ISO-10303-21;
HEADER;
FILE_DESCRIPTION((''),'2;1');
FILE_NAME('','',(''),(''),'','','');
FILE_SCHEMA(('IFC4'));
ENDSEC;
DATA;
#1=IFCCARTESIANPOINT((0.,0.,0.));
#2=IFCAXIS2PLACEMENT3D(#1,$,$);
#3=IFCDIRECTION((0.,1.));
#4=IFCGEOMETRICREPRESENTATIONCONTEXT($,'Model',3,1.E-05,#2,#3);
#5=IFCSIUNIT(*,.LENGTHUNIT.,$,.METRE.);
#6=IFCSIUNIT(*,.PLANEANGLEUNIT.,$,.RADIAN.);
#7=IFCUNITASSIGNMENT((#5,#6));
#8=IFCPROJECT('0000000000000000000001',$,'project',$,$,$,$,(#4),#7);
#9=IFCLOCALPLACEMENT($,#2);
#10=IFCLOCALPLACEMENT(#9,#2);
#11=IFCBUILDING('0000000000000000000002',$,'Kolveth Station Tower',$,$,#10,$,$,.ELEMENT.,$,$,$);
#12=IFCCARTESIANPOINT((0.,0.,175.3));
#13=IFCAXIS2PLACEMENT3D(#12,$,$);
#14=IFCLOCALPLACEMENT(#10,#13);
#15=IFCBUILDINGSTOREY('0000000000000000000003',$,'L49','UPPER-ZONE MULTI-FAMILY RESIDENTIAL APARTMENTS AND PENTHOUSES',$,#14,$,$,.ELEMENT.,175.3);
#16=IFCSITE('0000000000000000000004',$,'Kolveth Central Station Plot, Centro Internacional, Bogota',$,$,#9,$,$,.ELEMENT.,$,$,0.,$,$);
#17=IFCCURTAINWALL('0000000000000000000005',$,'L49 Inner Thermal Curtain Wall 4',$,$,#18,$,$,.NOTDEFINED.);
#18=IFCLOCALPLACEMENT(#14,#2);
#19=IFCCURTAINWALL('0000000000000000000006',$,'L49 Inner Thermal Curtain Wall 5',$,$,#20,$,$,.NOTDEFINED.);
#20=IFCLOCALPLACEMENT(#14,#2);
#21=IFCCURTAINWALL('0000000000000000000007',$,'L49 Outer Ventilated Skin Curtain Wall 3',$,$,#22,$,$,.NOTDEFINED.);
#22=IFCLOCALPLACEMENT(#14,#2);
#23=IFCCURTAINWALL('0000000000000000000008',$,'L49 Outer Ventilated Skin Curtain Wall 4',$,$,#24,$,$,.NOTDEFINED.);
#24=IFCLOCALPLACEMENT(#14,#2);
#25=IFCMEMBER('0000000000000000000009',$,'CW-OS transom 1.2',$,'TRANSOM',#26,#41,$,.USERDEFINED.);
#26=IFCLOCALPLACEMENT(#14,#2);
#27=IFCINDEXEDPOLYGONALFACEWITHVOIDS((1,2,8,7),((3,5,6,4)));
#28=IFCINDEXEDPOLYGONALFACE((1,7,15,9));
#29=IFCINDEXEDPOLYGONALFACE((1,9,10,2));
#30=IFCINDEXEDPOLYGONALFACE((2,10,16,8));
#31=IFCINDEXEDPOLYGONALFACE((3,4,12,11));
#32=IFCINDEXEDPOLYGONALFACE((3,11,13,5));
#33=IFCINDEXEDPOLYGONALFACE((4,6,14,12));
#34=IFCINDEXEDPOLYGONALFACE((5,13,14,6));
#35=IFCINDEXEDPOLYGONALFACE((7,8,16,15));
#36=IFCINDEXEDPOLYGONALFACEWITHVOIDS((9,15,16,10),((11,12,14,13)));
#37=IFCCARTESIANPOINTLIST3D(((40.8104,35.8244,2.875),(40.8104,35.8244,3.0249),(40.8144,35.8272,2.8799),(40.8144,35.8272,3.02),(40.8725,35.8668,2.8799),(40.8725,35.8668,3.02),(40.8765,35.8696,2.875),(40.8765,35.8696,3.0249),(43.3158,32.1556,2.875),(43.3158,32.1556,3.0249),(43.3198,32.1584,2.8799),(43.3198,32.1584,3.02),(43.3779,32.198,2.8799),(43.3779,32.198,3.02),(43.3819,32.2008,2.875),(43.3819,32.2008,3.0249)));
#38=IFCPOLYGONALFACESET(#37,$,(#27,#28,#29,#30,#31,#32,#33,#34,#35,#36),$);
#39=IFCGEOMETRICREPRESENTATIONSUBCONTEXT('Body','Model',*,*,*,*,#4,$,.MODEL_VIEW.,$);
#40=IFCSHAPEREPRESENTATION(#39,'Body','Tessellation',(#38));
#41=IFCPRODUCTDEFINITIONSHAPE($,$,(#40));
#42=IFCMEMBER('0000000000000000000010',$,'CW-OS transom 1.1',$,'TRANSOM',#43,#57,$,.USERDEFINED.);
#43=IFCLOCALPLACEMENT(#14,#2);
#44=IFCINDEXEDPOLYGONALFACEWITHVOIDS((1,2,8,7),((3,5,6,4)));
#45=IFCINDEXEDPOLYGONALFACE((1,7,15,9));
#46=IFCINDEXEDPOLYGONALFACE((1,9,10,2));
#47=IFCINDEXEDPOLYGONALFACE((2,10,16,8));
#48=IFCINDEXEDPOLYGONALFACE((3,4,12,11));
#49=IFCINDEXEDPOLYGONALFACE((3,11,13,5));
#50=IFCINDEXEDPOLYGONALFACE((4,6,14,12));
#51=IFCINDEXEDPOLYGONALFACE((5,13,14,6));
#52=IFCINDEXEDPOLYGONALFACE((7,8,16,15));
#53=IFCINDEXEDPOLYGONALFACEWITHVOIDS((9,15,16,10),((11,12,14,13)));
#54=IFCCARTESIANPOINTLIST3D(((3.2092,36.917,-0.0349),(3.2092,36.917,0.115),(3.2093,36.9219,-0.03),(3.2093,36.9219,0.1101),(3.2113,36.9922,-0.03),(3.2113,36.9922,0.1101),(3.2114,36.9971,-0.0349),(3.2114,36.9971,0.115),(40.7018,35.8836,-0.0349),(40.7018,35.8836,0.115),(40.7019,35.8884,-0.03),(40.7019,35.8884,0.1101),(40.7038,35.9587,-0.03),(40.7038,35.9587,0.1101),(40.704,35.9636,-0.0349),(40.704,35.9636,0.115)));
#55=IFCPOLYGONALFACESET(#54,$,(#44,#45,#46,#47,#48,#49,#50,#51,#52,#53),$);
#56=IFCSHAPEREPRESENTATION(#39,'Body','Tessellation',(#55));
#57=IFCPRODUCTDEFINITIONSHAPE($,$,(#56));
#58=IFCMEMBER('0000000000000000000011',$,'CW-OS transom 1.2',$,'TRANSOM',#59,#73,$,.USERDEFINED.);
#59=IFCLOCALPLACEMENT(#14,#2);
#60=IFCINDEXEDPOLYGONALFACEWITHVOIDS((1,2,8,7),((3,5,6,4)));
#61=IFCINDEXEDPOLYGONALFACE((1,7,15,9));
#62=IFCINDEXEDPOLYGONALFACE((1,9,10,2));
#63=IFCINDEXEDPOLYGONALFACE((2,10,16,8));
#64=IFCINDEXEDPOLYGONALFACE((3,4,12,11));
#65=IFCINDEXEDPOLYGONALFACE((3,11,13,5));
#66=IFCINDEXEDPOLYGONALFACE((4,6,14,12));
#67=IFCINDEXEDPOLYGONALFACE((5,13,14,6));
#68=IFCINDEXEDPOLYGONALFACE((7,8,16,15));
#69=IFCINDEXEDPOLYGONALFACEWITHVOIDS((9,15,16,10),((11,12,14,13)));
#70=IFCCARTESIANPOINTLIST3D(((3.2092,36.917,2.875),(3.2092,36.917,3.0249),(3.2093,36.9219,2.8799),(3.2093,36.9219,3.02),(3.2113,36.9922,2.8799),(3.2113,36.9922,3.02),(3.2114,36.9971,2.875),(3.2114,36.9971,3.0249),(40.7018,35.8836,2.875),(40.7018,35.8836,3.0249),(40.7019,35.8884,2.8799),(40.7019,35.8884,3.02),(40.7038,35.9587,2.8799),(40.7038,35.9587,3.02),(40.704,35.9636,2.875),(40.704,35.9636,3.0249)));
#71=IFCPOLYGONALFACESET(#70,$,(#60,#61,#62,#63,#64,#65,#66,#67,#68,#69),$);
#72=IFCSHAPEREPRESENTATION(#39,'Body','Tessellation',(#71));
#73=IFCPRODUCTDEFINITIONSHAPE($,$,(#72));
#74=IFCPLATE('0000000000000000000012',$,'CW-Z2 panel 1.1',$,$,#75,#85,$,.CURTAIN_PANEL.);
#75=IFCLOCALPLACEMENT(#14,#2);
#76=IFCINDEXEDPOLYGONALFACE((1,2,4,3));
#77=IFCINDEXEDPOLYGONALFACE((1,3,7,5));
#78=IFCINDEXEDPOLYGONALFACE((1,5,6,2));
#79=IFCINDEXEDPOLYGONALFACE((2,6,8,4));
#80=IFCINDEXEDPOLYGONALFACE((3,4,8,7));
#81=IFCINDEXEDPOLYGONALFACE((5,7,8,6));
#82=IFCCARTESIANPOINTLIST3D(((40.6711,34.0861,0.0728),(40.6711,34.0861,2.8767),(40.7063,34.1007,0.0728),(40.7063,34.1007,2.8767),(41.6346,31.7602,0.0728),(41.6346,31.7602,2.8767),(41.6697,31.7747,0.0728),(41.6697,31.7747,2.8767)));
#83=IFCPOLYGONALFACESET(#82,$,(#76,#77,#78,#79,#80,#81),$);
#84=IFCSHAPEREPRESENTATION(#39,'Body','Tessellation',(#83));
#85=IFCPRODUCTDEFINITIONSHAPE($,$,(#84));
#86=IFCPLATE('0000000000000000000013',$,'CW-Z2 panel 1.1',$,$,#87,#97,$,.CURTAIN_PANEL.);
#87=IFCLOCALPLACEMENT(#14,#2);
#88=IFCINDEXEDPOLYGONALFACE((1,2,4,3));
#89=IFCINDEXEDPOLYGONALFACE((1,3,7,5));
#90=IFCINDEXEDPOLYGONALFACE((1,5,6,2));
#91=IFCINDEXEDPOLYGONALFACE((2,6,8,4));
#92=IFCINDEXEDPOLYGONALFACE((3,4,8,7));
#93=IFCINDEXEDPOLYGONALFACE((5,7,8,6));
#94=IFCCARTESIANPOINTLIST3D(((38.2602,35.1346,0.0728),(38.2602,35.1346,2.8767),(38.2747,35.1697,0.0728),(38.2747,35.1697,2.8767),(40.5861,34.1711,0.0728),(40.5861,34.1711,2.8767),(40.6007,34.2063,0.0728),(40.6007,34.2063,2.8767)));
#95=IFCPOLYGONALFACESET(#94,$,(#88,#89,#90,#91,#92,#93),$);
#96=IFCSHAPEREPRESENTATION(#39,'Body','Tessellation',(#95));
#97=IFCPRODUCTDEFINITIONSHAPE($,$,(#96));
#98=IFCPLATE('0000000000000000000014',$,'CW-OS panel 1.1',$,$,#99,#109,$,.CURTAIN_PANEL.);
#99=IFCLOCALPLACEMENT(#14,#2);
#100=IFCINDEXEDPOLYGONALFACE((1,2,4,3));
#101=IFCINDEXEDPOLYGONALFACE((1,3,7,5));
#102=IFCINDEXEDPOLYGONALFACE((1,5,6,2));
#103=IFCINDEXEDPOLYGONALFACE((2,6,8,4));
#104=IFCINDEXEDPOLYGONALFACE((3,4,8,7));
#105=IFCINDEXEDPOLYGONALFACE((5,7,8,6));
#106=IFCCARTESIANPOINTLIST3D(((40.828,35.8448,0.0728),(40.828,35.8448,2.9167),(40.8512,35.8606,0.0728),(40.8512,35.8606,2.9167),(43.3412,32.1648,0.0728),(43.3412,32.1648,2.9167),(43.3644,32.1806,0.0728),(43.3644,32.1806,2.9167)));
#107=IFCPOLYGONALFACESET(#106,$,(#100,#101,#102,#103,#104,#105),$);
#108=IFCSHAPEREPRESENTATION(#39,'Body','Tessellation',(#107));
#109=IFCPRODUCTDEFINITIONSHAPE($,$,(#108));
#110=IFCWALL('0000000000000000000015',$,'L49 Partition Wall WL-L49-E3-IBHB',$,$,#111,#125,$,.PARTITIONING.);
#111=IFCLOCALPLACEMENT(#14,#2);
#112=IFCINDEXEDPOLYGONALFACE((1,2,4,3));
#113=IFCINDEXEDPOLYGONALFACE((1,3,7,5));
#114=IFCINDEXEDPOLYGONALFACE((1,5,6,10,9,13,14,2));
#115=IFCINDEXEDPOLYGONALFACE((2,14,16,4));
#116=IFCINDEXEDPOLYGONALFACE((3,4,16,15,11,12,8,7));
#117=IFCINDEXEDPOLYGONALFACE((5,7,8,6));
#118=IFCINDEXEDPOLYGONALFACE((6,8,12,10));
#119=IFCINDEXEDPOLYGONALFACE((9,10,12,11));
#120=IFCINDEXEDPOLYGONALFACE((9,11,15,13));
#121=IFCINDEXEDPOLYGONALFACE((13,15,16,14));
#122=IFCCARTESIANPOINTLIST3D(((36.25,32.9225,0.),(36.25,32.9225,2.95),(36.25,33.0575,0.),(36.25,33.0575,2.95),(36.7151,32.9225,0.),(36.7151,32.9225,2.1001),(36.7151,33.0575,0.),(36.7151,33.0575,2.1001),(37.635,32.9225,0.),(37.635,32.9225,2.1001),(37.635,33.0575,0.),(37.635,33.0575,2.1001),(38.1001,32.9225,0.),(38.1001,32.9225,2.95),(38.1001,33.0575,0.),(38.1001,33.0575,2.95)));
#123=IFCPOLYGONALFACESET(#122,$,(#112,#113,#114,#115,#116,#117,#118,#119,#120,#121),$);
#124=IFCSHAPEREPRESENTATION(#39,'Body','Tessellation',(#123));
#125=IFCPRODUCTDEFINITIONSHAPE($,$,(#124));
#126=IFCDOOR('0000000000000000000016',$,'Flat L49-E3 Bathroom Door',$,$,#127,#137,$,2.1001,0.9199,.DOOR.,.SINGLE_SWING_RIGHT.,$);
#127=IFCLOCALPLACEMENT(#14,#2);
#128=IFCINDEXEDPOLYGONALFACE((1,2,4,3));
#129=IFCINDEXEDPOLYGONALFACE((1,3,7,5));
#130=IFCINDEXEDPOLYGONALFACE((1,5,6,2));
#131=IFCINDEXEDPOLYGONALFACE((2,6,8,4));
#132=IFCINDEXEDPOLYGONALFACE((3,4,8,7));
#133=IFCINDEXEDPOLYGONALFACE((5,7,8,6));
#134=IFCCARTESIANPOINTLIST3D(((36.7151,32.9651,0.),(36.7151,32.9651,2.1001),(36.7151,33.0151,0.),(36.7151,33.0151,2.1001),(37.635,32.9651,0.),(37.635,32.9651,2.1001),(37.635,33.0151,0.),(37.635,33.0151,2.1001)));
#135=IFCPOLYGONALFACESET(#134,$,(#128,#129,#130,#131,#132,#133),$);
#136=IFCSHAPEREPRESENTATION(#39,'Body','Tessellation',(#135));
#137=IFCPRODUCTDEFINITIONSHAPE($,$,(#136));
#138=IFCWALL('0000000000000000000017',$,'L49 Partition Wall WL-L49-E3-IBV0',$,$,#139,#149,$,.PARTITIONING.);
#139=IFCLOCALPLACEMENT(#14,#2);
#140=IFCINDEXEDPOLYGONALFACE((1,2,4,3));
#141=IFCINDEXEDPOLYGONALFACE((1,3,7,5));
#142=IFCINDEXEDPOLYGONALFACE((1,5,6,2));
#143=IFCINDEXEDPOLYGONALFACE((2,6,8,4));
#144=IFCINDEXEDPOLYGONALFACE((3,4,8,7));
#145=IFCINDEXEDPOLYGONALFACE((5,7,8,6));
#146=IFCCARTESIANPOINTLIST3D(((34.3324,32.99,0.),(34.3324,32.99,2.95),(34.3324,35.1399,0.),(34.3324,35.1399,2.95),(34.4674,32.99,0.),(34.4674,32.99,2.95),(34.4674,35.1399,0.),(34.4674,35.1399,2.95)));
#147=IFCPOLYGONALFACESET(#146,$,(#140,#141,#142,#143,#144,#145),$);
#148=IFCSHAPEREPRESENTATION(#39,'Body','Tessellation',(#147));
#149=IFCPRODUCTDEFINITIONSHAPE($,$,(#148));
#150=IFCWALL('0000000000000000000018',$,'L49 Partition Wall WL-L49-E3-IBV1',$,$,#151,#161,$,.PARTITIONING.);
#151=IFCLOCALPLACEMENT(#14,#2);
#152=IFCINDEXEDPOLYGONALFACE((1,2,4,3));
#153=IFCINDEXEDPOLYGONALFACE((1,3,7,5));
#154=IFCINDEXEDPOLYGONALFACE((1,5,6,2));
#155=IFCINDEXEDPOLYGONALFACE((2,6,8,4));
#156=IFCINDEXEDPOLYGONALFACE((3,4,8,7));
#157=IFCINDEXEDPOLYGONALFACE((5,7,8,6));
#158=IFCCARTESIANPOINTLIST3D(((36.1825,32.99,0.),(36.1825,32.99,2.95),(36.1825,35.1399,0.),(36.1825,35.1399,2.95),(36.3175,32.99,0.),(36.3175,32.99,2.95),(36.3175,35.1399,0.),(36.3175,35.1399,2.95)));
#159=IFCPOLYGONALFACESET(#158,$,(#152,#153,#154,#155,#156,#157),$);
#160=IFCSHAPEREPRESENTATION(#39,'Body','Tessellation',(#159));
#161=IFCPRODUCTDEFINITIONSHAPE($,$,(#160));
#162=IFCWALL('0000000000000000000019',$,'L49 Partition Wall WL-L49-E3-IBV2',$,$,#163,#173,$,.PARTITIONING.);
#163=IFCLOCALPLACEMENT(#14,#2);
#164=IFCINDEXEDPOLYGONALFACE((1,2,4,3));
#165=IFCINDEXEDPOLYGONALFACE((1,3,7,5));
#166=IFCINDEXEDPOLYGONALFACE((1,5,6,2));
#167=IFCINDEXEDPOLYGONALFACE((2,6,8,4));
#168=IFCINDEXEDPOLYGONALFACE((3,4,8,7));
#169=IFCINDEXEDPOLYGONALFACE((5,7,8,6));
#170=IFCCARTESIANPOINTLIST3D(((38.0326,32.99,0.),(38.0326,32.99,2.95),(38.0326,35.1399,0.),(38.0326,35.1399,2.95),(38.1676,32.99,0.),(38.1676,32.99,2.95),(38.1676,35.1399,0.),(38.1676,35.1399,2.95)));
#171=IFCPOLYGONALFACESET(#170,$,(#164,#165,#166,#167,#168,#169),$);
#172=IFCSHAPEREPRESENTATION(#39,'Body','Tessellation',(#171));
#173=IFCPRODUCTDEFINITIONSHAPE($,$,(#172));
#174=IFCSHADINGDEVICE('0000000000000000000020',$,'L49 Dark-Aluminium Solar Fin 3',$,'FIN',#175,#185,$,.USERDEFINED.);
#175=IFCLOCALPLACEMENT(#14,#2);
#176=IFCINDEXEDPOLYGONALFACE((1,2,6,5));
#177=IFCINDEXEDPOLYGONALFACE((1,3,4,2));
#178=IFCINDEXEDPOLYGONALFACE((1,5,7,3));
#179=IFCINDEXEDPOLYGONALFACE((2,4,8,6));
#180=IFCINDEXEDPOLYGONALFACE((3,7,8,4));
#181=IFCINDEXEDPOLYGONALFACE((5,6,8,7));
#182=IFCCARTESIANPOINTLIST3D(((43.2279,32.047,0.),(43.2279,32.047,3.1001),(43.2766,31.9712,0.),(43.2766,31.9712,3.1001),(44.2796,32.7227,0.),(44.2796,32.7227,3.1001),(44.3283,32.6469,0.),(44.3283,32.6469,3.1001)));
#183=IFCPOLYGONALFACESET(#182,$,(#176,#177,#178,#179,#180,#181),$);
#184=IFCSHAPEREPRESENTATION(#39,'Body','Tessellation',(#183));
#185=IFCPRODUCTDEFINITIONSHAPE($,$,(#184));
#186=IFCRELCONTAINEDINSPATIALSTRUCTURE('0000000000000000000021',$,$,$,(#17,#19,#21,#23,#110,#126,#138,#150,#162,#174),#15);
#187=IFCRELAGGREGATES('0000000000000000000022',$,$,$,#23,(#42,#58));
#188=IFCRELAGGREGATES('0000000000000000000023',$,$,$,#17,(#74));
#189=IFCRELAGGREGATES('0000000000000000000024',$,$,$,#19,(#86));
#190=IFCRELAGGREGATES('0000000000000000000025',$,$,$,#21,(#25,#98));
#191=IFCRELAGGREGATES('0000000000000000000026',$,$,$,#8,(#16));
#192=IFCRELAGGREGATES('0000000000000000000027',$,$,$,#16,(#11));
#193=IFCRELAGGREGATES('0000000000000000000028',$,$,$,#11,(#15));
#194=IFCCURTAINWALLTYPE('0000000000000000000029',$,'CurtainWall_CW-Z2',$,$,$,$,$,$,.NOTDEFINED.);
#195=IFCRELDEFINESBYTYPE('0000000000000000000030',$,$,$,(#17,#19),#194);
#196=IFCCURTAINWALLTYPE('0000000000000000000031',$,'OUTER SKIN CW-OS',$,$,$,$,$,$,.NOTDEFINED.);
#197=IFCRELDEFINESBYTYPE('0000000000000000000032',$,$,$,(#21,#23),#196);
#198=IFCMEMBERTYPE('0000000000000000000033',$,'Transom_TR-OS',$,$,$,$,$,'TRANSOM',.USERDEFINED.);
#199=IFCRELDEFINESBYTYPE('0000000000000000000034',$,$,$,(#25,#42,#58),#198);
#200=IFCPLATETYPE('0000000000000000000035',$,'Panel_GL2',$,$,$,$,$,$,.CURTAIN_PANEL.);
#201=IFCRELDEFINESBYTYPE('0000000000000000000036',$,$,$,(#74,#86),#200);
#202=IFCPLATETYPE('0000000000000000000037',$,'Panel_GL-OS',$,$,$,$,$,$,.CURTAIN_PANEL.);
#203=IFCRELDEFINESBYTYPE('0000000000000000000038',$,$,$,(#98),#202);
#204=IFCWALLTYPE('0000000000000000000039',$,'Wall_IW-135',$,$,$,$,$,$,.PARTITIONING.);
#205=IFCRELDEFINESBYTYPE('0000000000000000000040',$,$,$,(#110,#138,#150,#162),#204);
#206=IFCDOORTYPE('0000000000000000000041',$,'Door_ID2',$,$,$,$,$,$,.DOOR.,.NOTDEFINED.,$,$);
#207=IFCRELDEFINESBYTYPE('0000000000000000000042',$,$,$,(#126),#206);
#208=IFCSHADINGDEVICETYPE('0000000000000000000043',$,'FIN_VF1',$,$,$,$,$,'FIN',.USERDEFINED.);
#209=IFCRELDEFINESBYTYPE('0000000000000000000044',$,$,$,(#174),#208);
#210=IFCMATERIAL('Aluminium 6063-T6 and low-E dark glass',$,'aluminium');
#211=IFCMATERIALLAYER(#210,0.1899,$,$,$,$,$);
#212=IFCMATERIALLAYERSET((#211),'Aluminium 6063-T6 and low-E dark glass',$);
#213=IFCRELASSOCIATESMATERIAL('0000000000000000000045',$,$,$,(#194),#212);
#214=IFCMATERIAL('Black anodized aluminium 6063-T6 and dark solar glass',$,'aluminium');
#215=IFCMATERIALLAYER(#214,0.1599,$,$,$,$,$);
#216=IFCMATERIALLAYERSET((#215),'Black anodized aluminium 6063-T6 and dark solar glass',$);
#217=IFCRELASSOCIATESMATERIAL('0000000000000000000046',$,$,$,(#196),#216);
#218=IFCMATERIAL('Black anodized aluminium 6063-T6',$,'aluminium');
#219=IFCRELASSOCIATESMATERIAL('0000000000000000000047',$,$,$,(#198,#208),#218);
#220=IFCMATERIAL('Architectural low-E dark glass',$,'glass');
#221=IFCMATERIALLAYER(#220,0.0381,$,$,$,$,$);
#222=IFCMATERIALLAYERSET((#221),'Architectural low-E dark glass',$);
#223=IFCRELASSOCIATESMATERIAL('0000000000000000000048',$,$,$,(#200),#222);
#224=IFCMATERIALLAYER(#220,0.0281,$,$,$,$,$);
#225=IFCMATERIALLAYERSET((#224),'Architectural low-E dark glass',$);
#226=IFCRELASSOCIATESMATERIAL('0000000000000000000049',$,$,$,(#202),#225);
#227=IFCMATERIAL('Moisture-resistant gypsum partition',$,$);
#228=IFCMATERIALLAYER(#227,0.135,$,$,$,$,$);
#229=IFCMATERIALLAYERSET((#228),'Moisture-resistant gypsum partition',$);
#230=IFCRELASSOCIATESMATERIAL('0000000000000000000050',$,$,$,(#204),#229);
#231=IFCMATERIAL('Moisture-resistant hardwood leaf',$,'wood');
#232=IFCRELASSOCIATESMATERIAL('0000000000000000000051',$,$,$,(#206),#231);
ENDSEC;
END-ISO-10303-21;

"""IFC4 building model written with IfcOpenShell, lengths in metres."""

from ifc_helpers import new_model, si_unit, direction, frame, frame_2d, origin, origin_2d, place, context, subcontext, project, spatial, rectangle, hollow_rectangle, extrude, source, transform, mapped, material, layer, layer_set, material_profile, profile_set, type_object, element, fill, aggregate, save


model = new_model("IFC4")

# Units and contexts
model_context = context("Model", 3, precision=1e-05, world=origin(), true_north=direction((0.0, 1.0)))
body_context = subcontext(model_context, "Body", "Model", "MODEL_VIEW")
ifc_project = project(units=[si_unit("LENGTHUNIT", "METRE"), si_unit("PLANEANGLEUNIT", "RADIAN")], contexts=[model_context])

# Site, building, storey
site_placement = place(None, origin())
site = spatial("IfcSite", under=ifc_project, at=site_placement, Name="Kolveth Central Station Plot, Centro Internacional, Bogota", CompositionType="ELEMENT", RefElevation=0.0)
building_placement = place(site_placement, origin())
building = spatial("IfcBuilding", under=site, at=building_placement, Name="Kolveth Station Tower", CompositionType="ELEMENT")
storey_placement = place(building_placement, frame((0.0, 0.0, 175.3)))
storey = spatial("IfcBuildingStorey", under=building, at=storey_placement, Name="L49", Description="UPPER-ZONE MULTI-FAMILY RESIDENTIAL APARTMENTS AND PENTHOUSES", CompositionType="ELEMENT", Elevation=175.3)

# Curtain wall
ifc_material_1 = material(Name="Aluminium 6063-T6 and low-E dark glass", Category="aluminium")
ifc_layer_1 = layer(ifc_material_1, 0.1899)
ifc_layer_set_1 = layer_set([ifc_layer_1], Name="Aluminium 6063-T6 and low-E dark glass")
curtain_wall_type_1 = type_object("IfcCurtainWallType", Name="CurtainWall_CW-Z2", PredefinedType="NOTDEFINED", material=ifc_layer_set_1)
curtain_wall_1_placement = place(storey_placement, origin())
curtain_wall_1 = element("IfcCurtainWall", 1, at=curtain_wall_1_placement, inside=storey, type_object=curtain_wall_type_1, Name="L49 Inner Thermal Curtain Wall 4", PredefinedType="NOTDEFINED")
ifc_material_2 = material(Name="Black anodized aluminium 6063-T6", Category="aluminium")

# Curtain wall
curtain_wall_2_placement = place(storey_placement, origin())
curtain_wall_2 = element("IfcCurtainWall", 2, at=curtain_wall_2_placement, inside=storey, type_object=curtain_wall_type_1, Name="L49 Inner Thermal Curtain Wall 5", PredefinedType="NOTDEFINED")

# Curtain walls
ifc_material_3 = material(Name="Black anodized aluminium 6063-T6 and dark solar glass", Category="aluminium")
ifc_layer_2 = layer(ifc_material_3, 0.1599)
ifc_layer_set_2 = layer_set([ifc_layer_2], Name="Black anodized aluminium 6063-T6 and dark solar glass")
curtain_wall_type_2 = type_object("IfcCurtainWallType", Name="OUTER SKIN CW-OS", PredefinedType="NOTDEFINED", material=ifc_layer_set_2)
curtain_wall_3_placement = place(storey_placement, origin())
curtain_wall_3 = element("IfcCurtainWall", 3, at=curtain_wall_3_placement, inside=storey, type_object=curtain_wall_type_2, Name="L49 Outer Ventilated Skin Curtain Wall 3", PredefinedType="NOTDEFINED")
curtain_wall_4_placement = place(storey_placement, origin())
curtain_wall_4 = element("IfcCurtainWall", 4, at=curtain_wall_4_placement, inside=storey, type_object=curtain_wall_type_2, Name="L49 Outer Ventilated Skin Curtain Wall 4", PredefinedType="NOTDEFINED")

# Members
ifc_material_profile_1 = material_profile(ifc_material_2, hollow_rectangle(XDim=0.0801, YDim=0.1499, WallThickness=0.0049, at=origin_2d()), Name="ALU-80x150x5")
ifc_profile_set_1 = profile_set([ifc_material_profile_1], Name="Black anodized aluminium 6063-T6")
member_type_1 = type_object("IfcMemberType", Name="Transom_TR-OS", ElementType="TRANSOM", PredefinedType="USERDEFINED", material=ifc_profile_set_1)
shared_shape_1 = source(origin(), body_context, "Body", "SweptSolid", [
    extrude(hollow_rectangle(XDim=0.0801, YDim=0.1499, WallThickness=0.0049, at=origin_2d()), origin(), (0.0, 0.0, 1.0), 4.4426),
])
member_1_placement = place(storey_placement, frame((43.3489, 32.1782, 2.95), z_axis=(-0.563949, 0.82581, 0.0), x_axis=(-0.82581, -0.563949, 0.0)))
member_1 = element("IfcMember", 5, at=member_1_placement, type_object=member_type_1, Name="CW-OS transom 1.2", ObjectType="TRANSOM", PredefinedType="USERDEFINED", context=body_context, shape_type="MappedRepresentation", body=[
    mapped(shared_shape_1, transform((0.0, 0.0, 0.0), x_axis=(1.0, 0.0, 0.0), y_axis=(0.0, 1.0, 0.0), z_axis=(0.0, 0.0, 1.0), scale=1.0)),
])
shared_shape_2 = source(origin(), body_context, "Body", "SweptSolid", [
    extrude(hollow_rectangle(XDim=0.0801, YDim=0.1499, WallThickness=0.0049, at=origin_2d()), origin(), (0.0, 0.0, 1.0), 37.5068),
])
member_2_placement = place(storey_placement, frame((40.7029, 35.9236, 0.04), z_axis=(-0.99962, 0.027554, 0.0), x_axis=(-0.027554, -0.99962, 0.0)))
member_2 = element("IfcMember", 6, at=member_2_placement, type_object=member_type_1, Name="CW-OS transom 1.1", ObjectType="TRANSOM", PredefinedType="USERDEFINED", context=body_context, shape_type="MappedRepresentation", body=[
    mapped(shared_shape_2, transform((0.0, 0.0, 0.0), x_axis=(1.0, 0.0, 0.0), y_axis=(0.0, 1.0, 0.0), z_axis=(0.0, 0.0, 1.0), scale=1.0)),
])
member_3_placement = place(storey_placement, frame((40.7029, 35.9236, 2.95), z_axis=(-0.99962, 0.027554, 0.0), x_axis=(-0.027554, -0.99962, 0.0)))
member_3 = element("IfcMember", 7, at=member_3_placement, type_object=member_type_1, Name="CW-OS transom 1.2", ObjectType="TRANSOM", PredefinedType="USERDEFINED", context=body_context, shape_type="MappedRepresentation", body=[
    mapped(shared_shape_2, transform((0.0, 0.0, 0.0), x_axis=(1.0, 0.0, 0.0), y_axis=(0.0, 1.0, 0.0), z_axis=(0.0, 0.0, 1.0), scale=1.0)),
])
aggregate(curtain_wall_4, [member_2, member_3])

# Plates
ifc_material_4 = material(Name="Architectural low-E dark glass", Category="glass")
ifc_layer_3 = layer(ifc_material_4, 0.0381)
ifc_layer_set_3 = layer_set([ifc_layer_3], Name="Architectural low-E dark glass")
plate_type_1 = type_object("IfcPlateType", Name="Panel_GL2", PredefinedType="CURTAIN_PANEL", material=ifc_layer_set_3)
shared_shape_3 = source(origin(), body_context, "Body", "SweptSolid", [
    extrude(rectangle(XDim=2.5176, YDim=0.0381, at=origin_2d()), origin(), (0.0, 0.0, 1.0), 2.804),
])
plate_1_placement = place(storey_placement, frame((41.1704, 32.9304, 0.0728), z_axis=(0.0, 0.0, 1.0), x_axis=(-0.382698, 0.923874, 0.0)))
plate_1 = element("IfcPlate", 8, at=plate_1_placement, type_object=plate_type_1, Name="CW-Z2 panel 1.1", PredefinedType="CURTAIN_PANEL", context=body_context, shape_type="MappedRepresentation", body=[
    mapped(shared_shape_3, transform((0.0, 0.0, 0.0), x_axis=(1.0, 0.0, 0.0), y_axis=(0.0, 1.0, 0.0), z_axis=(0.0, 0.0, 1.0), scale=1.0)),
])
aggregate(curtain_wall_1, [plate_1])
plate_2_placement = place(storey_placement, frame((39.4304, 34.6704, 0.0728), z_axis=(0.0, 0.0, 1.0), x_axis=(-0.923874, 0.382698, 0.0)))
plate_2 = element("IfcPlate", 9, at=plate_2_placement, type_object=plate_type_1, Name="CW-Z2 panel 1.1", PredefinedType="CURTAIN_PANEL", context=body_context, shape_type="MappedRepresentation", body=[
    mapped(shared_shape_3, transform((0.0, 0.0, 0.0), x_axis=(1.0, 0.0, 0.0), y_axis=(0.0, 1.0, 0.0), z_axis=(0.0, 0.0, 1.0), scale=1.0)),
])
aggregate(curtain_wall_2, [plate_2])
ifc_layer_4 = layer(ifc_material_4, 0.0281)
ifc_layer_set_4 = layer_set([ifc_layer_4], Name="Architectural low-E dark glass")
plate_type_2 = type_object("IfcPlateType", Name="Panel_GL-OS", PredefinedType="CURTAIN_PANEL", material=ifc_layer_set_4)
shared_shape_4 = source(origin(), body_context, "Body", "SweptSolid", [
    extrude(rectangle(XDim=4.4563, YDim=0.0281, at=origin_2d()), origin(), (0.0, 0.0, 1.0), 2.844),
])
plate_3_placement = place(storey_placement, frame((42.0962, 34.0127, 0.0728), z_axis=(0.0, 0.0, 1.0), x_axis=(-0.563966, 0.825798, 0.0)))
plate_3 = element("IfcPlate", 10, at=plate_3_placement, type_object=plate_type_2, Name="CW-OS panel 1.1", PredefinedType="CURTAIN_PANEL", context=body_context, shape_type="MappedRepresentation", body=[
    mapped(shared_shape_4, transform((0.0, 0.0, 0.0), x_axis=(1.0, 0.0, 0.0), y_axis=(0.0, 1.0, 0.0), z_axis=(0.0, 0.0, 1.0), scale=1.0)),
])
aggregate(curtain_wall_3, [member_1, plate_3])

# Wall, opening, door
ifc_material_5 = material(Name="Moisture-resistant gypsum partition")
ifc_layer_5 = layer(ifc_material_5, 0.135)
ifc_layer_set_5 = layer_set([ifc_layer_5], Name="Moisture-resistant gypsum partition")
wall_type = type_object("IfcWallType", Name="Wall_IW-135", PredefinedType="PARTITIONING", material=ifc_layer_set_5)
wall_1_placement = place(storey_placement, frame((36.25, 32.99, 0.0), z_axis=(0.0, 0.0, 1.0), x_axis=(1.0, 0.0, 0.0)))
wall_1 = element("IfcWall", 11, at=wall_1_placement, inside=storey, type_object=wall_type, Name="L49 Partition Wall WL-L49-E3-IBHB", PredefinedType="PARTITIONING", context=body_context, shape_type="SweptSolid", body=[
    extrude(rectangle(XDim=1.8501, YDim=0.135, at=frame_2d((0.925, 0.0))), origin(), (0.0, 0.0, 1.0), 2.95),
])
opening_1_placement = place(wall_1_placement, frame((0.4651, 0.0, 0.0)))
opening_1 = element("IfcOpeningElement", 12, at=opening_1_placement, cuts=wall_1, PredefinedType="OPENING", context=body_context, shape_type="SweptSolid", body=[
    extrude(rectangle(XDim=0.9199, YDim=2.1001, at=frame_2d((0.46, 1.05))), frame((0.0, 0.0774, 0.0), z_axis=(0.0, -1.0, 0.0), x_axis=(1.0, 0.0, 0.0)), (0.0, 0.0, 1.0), 0.155),
])
ifc_material_6 = material(Name="Moisture-resistant hardwood leaf", Category="wood")
door_type_1 = type_object("IfcDoorType", Name="Door_ID2", OperationType="NOTDEFINED", PredefinedType="DOOR", material=ifc_material_6)
door_1_placement = place(opening_1_placement, frame((0.9199, 0.0, 0.0), z_axis=(0.0, 0.0, 1.0), x_axis=(-1.0, 0.0, 0.0)))
door_1 = element("IfcDoor", 13, at=door_1_placement, inside=storey, type_object=door_type_1, Name="Flat L49-E3 Bathroom Door", OperationType="SINGLE_SWING_RIGHT", OverallHeight=2.1001, OverallWidth=0.9199, PredefinedType="DOOR", context=body_context, shape_type="SweptSolid", body=[
    extrude(rectangle(XDim=0.9199, YDim=2.1001, at=frame_2d((0.46, 1.05))), frame((0.0, 0.0249, 0.0), z_axis=(0.0, -1.0, 0.0), x_axis=(1.0, 0.0, 0.0)), (0.0, 0.0, 1.0), 0.05),
])
fill(opening_1, door_1)

# Walls
for number, where, z_axis, x_axis, name in (
    (14, (34.3999, 32.99, 0.0), (0.0, 0.0, 1.0), (0.0, 1.0, 0.0), "L49 Partition Wall WL-L49-E3-IBV0"),
    (15, (36.25, 32.99, 0.0), (0.0, 0.0, 1.0), (0.0, 1.0, 0.0), "L49 Partition Wall WL-L49-E3-IBV1"),
    (16, (38.1001, 32.99, 0.0), (0.0, 0.0, 1.0), (0.0, 1.0, 0.0), "L49 Partition Wall WL-L49-E3-IBV2"),
):
    element("IfcWall", number, at=place(storey_placement, frame(where, z_axis=z_axis, x_axis=x_axis)), inside=storey, type_object=wall_type, Name=name, PredefinedType="PARTITIONING", context=body_context, shape_type="SweptSolid", body=[
        extrude(rectangle(XDim=2.1499, YDim=0.135, at=frame_2d((1.075, 0.0))), origin(), (0.0, 0.0, 1.0), 2.95),
    ])

# Shading device
shading_device_type = type_object("IfcShadingDeviceType", Name="FIN_VF1", ElementType="FIN", PredefinedType="USERDEFINED", material=ifc_material_2)
shared_shape_5 = source(origin(), body_context, "Body", "SweptSolid", [
    extrude(rectangle(XDim=1.25, YDim=0.0901, at=origin_2d()), origin(), (0.0, 0.0, 1.0), 3.1001),
])
for number, where, z_axis, x_axis, name in (
    (17, (43.7781, 32.3469, 0.0), (0.0, 0.0, 1.0), (0.841322, 0.540534, 0.0), "L49 Dark-Aluminium Solar Fin 3"),
):
    element("IfcShadingDevice", number, at=place(storey_placement, frame(where, z_axis=z_axis, x_axis=x_axis)), inside=storey, type_object=shading_device_type, Name=name, ObjectType="FIN", PredefinedType="USERDEFINED", context=body_context, shape_type="MappedRepresentation", body=[
        mapped(shared_shape_5, transform((0.0, 0.0, 0.0), x_axis=(1.0, 0.0, 0.0), y_axis=(0.0, 1.0, 0.0), z_axis=(0.0, 0.0, 1.0), scale=1.0)),
    ])

save(model, "model.ifc")
